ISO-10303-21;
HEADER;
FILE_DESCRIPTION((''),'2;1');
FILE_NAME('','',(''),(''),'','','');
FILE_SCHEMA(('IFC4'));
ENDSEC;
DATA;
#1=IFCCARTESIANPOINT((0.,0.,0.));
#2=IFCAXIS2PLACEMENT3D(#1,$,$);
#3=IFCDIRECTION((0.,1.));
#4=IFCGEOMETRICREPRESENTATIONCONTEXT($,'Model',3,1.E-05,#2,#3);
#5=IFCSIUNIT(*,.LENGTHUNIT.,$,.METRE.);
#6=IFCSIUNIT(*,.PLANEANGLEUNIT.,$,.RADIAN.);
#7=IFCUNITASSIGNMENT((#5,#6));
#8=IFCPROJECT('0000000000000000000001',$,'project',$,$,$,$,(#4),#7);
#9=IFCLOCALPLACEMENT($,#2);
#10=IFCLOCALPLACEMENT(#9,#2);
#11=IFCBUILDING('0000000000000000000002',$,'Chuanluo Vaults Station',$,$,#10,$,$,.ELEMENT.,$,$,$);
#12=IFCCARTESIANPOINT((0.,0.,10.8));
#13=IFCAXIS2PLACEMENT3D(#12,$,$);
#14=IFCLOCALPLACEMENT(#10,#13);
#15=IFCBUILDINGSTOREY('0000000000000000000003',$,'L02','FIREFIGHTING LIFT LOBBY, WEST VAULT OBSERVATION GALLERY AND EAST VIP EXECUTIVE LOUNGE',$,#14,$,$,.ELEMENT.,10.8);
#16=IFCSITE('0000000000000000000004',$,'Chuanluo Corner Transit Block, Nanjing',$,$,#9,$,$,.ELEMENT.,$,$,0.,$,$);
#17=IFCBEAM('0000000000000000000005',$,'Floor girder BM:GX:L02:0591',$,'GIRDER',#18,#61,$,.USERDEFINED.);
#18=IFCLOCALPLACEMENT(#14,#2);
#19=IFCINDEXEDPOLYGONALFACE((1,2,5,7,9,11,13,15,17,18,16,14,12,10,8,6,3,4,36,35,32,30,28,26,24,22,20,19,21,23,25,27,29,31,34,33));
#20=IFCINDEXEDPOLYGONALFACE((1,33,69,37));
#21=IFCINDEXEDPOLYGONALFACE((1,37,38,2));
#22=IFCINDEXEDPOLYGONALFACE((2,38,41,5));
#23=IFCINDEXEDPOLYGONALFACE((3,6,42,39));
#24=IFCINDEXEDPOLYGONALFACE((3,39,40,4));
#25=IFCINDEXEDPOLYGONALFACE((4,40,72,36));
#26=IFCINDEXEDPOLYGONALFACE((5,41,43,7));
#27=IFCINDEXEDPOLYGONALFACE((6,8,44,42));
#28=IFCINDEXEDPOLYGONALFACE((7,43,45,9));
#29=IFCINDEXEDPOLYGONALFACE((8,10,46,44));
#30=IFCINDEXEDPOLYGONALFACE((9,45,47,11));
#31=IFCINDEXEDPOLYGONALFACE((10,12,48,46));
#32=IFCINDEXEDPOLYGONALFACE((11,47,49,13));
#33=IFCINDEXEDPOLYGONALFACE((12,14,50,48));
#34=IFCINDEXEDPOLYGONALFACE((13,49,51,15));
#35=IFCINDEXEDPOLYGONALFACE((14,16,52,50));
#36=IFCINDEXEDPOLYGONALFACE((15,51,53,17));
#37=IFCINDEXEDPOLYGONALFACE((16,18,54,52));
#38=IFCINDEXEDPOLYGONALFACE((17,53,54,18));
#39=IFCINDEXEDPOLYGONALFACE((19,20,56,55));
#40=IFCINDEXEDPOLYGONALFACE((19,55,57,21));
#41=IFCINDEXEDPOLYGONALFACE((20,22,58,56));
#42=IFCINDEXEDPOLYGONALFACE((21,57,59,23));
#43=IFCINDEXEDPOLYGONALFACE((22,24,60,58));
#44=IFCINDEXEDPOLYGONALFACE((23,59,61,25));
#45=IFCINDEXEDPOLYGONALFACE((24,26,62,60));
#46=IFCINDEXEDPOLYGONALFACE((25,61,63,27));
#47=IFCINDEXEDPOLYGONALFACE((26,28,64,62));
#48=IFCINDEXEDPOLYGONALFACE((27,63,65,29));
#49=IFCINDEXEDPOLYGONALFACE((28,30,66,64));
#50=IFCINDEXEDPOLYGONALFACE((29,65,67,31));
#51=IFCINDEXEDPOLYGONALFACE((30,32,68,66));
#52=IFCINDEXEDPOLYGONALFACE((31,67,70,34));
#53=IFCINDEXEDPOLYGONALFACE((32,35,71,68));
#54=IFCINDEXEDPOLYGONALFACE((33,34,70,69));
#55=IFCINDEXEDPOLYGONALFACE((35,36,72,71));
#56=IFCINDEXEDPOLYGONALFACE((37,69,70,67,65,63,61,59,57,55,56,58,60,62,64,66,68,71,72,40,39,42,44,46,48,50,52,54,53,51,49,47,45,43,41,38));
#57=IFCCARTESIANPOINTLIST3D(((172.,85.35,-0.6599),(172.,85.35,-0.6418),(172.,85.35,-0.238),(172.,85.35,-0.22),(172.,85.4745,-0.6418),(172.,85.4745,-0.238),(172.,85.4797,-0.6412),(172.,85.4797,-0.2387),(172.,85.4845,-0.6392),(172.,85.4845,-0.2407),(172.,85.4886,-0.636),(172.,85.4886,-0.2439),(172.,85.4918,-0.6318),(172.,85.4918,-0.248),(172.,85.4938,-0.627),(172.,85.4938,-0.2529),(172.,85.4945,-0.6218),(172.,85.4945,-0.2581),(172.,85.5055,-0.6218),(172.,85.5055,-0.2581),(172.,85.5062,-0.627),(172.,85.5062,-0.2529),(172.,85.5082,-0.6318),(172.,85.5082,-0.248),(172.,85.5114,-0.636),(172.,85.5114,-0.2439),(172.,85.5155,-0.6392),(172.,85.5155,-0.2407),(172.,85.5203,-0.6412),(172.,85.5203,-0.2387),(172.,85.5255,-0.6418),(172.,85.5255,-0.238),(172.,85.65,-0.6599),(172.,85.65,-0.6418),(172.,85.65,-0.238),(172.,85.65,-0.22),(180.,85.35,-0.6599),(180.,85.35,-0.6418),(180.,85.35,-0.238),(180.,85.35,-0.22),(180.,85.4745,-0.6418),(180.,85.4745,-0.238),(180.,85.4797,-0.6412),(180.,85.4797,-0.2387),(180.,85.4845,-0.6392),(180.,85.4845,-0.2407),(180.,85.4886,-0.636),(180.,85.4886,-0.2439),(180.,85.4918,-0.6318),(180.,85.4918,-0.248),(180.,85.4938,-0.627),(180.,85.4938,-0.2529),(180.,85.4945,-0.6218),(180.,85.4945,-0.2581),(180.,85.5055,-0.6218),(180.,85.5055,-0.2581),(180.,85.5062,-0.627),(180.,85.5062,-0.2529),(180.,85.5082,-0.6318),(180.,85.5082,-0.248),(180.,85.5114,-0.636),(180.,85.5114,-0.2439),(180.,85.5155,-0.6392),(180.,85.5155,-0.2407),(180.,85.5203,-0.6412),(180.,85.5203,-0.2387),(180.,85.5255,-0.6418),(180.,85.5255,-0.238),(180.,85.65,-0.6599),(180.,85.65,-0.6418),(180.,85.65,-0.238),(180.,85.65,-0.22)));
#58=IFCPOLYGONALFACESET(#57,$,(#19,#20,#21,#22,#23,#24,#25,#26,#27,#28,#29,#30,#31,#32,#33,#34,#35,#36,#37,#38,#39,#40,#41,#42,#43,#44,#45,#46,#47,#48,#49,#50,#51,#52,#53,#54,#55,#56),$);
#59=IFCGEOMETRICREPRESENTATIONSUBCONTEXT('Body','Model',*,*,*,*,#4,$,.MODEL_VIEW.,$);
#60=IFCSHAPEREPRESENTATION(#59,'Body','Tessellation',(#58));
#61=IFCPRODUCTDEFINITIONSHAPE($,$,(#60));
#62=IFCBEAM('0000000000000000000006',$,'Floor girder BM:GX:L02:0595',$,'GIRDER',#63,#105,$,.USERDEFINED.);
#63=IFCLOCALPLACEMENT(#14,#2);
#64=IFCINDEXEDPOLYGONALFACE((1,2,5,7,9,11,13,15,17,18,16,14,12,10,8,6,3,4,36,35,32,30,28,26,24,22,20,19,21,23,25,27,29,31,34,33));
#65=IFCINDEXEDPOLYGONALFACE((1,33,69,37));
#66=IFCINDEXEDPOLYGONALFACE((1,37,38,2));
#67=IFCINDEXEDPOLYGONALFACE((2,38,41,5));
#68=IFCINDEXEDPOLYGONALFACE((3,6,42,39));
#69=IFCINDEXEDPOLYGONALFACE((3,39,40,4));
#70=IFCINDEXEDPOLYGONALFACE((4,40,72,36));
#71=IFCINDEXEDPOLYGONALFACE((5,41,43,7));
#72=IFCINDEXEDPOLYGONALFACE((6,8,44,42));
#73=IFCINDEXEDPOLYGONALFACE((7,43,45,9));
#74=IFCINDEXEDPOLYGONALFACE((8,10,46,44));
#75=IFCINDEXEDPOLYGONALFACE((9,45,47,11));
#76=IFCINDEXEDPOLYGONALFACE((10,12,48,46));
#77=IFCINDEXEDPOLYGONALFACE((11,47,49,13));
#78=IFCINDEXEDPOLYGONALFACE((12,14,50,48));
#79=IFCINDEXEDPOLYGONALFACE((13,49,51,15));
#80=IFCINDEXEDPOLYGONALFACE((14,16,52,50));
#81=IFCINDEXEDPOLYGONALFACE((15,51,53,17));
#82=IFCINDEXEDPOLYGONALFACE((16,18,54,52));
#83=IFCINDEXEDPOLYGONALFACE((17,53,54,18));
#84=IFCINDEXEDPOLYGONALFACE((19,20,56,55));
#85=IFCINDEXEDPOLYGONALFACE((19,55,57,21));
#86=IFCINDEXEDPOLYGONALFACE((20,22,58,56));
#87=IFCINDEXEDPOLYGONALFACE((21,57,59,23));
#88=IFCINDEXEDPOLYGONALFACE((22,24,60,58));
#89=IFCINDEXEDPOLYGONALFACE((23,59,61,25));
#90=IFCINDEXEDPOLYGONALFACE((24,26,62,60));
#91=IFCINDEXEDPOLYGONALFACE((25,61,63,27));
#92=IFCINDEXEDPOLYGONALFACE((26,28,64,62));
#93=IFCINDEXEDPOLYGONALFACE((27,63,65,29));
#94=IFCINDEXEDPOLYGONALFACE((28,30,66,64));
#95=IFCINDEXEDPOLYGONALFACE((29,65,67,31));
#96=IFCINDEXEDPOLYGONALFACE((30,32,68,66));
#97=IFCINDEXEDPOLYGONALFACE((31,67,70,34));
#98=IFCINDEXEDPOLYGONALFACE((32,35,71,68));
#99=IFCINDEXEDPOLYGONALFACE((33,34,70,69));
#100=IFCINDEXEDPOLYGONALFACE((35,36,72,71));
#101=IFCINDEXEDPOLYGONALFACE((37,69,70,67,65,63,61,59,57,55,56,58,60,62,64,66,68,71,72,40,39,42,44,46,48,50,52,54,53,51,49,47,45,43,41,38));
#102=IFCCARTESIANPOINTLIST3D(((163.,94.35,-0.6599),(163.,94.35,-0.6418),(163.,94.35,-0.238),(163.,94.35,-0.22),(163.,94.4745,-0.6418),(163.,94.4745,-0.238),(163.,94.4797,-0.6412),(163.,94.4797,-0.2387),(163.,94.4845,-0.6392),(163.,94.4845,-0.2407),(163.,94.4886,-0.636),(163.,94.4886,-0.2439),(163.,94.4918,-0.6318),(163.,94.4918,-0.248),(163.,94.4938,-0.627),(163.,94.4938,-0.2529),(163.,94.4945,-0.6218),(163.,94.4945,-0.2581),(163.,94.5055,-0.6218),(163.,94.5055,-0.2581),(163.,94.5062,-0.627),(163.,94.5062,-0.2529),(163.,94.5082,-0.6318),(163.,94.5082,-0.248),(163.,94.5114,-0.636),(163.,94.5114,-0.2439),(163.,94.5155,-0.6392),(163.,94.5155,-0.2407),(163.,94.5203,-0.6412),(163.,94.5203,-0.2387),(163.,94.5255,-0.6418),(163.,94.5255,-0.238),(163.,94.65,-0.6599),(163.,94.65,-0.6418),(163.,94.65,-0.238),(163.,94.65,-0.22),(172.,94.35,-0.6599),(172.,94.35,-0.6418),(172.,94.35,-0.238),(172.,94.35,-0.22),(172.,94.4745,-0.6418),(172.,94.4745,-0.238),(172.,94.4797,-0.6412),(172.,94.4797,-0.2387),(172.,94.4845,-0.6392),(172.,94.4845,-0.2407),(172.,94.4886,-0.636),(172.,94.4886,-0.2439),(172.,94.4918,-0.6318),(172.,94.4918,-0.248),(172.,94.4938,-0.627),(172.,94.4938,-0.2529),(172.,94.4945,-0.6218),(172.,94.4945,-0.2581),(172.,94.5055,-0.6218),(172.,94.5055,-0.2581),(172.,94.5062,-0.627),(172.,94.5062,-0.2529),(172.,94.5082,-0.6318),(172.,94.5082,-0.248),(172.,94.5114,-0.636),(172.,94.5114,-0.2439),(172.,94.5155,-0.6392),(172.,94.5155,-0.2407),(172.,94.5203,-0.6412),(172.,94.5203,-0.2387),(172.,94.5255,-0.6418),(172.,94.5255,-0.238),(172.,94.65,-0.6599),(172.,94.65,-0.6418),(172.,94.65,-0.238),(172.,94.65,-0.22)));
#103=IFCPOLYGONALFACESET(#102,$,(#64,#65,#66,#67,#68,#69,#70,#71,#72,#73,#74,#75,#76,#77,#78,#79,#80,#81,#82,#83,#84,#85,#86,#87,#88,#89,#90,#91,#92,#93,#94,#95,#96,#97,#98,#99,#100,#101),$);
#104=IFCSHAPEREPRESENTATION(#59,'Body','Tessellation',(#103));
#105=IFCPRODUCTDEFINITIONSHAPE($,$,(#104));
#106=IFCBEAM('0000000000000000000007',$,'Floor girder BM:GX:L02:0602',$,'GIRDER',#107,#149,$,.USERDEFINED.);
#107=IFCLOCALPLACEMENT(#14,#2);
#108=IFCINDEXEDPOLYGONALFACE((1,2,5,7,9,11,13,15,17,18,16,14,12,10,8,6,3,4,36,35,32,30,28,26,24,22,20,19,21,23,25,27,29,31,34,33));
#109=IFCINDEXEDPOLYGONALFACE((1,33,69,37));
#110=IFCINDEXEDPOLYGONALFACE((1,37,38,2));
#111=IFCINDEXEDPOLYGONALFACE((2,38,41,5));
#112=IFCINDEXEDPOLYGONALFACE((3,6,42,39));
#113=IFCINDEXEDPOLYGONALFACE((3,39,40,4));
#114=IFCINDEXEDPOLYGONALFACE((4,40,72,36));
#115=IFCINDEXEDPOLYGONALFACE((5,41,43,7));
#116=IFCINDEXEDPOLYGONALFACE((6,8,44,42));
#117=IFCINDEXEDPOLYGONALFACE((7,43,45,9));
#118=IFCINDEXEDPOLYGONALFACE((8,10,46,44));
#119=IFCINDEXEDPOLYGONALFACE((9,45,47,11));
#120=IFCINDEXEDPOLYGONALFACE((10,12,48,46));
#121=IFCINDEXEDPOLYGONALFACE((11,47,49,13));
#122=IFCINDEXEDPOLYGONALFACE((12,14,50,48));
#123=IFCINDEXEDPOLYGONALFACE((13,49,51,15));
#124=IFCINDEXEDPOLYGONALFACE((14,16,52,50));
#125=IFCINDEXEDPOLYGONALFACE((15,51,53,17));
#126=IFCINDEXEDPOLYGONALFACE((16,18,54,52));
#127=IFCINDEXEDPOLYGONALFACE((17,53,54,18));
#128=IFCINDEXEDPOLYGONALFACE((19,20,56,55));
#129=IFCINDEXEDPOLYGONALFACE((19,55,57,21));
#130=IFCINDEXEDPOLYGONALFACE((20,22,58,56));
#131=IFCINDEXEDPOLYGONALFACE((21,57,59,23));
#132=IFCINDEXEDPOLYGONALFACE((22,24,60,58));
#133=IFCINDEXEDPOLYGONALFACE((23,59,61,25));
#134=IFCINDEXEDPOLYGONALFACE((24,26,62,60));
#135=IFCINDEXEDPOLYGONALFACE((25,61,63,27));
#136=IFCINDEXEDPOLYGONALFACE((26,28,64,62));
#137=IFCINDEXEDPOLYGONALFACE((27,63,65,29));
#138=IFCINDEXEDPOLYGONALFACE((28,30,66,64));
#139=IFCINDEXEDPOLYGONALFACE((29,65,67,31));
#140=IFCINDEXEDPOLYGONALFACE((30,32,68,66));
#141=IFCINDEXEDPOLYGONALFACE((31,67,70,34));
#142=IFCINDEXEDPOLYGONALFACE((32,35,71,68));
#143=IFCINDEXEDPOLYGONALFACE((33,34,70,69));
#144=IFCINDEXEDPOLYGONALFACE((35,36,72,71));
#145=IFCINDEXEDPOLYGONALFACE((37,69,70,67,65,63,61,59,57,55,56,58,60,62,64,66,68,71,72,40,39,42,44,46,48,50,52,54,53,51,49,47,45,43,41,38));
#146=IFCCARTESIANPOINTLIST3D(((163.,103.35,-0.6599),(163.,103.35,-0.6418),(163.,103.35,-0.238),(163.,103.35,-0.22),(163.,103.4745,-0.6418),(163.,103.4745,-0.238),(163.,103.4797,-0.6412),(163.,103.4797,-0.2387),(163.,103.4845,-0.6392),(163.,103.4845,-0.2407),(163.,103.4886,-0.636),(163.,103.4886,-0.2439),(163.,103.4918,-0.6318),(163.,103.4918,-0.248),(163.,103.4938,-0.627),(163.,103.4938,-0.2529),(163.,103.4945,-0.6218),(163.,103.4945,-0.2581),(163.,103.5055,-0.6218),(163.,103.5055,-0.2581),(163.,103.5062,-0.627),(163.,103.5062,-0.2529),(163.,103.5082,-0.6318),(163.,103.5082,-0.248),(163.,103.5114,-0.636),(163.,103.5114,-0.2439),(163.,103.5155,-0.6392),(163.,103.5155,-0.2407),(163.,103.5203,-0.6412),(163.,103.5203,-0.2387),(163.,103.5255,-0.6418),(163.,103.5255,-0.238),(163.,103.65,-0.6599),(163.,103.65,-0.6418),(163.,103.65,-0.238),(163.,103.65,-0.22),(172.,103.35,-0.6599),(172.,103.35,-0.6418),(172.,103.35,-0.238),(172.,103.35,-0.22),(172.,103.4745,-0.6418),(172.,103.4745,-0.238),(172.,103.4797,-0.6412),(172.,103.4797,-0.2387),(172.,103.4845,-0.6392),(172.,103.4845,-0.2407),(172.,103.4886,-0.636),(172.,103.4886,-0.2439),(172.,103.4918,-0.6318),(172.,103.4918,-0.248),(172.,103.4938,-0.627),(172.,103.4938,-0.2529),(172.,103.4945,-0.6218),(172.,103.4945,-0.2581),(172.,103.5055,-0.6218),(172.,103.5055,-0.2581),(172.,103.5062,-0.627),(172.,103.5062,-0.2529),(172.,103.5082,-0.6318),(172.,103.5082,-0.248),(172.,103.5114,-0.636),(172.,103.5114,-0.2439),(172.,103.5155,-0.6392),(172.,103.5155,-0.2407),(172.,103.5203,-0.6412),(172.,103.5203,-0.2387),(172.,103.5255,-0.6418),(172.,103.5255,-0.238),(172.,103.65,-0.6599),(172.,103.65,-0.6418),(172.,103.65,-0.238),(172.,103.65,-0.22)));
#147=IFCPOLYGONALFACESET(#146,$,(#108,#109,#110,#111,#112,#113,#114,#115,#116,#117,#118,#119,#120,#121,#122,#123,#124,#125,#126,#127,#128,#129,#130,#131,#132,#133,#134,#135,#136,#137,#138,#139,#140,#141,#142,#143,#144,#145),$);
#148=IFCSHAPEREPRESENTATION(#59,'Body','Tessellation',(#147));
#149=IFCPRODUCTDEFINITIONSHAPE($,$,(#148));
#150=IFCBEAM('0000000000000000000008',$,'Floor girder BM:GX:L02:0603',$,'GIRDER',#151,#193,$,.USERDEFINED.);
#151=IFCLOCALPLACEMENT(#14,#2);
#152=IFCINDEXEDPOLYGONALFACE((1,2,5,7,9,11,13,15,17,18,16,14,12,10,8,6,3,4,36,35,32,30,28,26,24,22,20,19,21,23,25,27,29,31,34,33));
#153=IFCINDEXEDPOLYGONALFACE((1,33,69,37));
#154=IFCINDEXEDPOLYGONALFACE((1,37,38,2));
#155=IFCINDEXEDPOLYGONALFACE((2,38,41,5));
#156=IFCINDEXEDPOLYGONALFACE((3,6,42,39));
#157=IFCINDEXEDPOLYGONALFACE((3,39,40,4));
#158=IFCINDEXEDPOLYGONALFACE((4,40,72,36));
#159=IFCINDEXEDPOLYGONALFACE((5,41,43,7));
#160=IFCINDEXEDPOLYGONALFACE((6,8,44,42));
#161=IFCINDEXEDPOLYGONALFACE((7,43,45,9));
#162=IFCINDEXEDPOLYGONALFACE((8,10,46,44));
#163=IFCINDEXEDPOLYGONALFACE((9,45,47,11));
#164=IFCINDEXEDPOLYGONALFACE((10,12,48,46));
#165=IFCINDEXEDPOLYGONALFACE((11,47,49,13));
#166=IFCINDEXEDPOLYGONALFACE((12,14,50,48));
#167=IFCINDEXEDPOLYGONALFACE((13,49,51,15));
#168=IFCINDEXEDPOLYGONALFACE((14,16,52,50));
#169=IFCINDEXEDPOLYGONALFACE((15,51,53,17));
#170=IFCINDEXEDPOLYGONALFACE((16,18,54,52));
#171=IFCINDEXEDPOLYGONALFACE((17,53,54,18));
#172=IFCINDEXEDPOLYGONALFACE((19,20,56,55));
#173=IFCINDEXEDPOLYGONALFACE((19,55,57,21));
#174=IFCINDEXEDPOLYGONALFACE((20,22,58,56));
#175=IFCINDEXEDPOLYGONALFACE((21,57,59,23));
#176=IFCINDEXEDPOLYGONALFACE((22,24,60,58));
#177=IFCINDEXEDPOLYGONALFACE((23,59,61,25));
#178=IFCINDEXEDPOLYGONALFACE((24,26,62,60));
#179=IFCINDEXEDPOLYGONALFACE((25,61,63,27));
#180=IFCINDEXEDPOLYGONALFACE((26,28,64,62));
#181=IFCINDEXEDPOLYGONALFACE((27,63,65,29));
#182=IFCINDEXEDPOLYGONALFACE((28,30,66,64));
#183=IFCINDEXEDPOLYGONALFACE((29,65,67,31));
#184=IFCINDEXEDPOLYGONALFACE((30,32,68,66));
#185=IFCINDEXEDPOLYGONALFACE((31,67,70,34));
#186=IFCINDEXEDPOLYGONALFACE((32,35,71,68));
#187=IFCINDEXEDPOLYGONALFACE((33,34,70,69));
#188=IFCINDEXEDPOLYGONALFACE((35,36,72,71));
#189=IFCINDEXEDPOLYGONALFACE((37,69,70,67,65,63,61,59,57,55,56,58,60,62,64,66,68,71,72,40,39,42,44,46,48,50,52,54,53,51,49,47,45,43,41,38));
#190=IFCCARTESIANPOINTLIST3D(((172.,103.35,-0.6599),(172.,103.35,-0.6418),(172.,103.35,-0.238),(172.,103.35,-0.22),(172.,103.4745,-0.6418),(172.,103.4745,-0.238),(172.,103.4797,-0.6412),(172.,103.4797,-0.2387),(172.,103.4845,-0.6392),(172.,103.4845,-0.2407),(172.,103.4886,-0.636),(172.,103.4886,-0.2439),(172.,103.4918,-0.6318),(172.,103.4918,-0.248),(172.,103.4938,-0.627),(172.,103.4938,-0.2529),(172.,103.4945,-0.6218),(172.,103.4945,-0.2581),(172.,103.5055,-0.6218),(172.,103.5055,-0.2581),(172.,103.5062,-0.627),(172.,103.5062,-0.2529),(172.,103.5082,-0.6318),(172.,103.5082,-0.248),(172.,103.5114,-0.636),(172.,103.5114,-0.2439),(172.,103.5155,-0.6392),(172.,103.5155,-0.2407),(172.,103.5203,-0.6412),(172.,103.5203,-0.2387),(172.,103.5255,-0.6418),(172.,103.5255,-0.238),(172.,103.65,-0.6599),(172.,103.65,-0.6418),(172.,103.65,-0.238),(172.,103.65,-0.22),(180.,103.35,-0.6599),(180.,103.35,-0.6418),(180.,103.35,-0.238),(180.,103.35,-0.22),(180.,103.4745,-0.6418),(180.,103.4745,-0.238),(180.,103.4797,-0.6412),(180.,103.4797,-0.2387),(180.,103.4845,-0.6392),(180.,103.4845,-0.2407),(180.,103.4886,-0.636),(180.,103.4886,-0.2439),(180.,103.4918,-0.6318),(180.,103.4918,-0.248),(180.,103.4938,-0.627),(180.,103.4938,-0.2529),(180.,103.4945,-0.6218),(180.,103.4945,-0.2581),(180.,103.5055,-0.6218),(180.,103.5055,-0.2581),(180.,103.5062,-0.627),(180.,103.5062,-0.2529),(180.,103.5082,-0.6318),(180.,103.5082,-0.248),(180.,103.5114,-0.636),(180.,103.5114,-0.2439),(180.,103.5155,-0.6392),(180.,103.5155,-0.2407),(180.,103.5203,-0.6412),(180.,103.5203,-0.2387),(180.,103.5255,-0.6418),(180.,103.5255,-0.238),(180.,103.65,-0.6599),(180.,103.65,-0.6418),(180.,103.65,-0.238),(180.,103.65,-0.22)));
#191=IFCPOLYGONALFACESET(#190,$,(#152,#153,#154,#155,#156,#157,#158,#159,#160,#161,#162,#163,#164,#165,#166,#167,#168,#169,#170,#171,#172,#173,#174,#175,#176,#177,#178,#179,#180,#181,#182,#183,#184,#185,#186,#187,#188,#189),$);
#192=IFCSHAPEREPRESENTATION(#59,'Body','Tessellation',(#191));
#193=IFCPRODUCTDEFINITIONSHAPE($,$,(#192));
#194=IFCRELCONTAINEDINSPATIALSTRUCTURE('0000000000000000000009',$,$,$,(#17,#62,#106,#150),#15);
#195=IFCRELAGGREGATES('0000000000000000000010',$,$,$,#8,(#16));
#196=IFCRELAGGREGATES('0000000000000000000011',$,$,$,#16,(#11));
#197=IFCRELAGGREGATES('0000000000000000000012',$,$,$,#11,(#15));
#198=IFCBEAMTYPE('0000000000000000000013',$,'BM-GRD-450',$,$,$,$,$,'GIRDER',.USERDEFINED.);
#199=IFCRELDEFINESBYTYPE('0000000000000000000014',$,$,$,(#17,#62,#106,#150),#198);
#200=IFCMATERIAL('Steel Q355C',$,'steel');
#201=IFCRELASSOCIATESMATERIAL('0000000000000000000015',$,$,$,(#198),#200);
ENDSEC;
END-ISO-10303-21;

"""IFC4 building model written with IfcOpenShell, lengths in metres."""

from ifc_helpers import new_model, si_unit, direction, frame, origin, origin_2d, place, context, subcontext, project, spatial, i_section, extrude, material, material_profile, profile_set, type_object, element, save


model = new_model("IFC4")

# Units and contexts
model_context = context("Model", 3, precision=1e-05, world=origin(), true_north=direction((0.0, 1.0)))
body_context = subcontext(model_context, "Body", "Model", "MODEL_VIEW")
ifc_project = project(units=[si_unit("LENGTHUNIT", "METRE"), si_unit("PLANEANGLEUNIT", "RADIAN")], contexts=[model_context])

# Site, building, storey
site_placement = place(None, origin())
site = spatial("IfcSite", under=ifc_project, at=site_placement, Name="Chuanluo Corner Transit Block, Nanjing", CompositionType="ELEMENT", RefElevation=0.0)
building_placement = place(site_placement, origin())
building = spatial("IfcBuilding", under=site, at=building_placement, Name="Chuanluo Vaults Station", CompositionType="ELEMENT")
storey_placement = place(building_placement, frame((0.0, 0.0, 10.8)))
storey = spatial("IfcBuildingStorey", under=building, at=storey_placement, Name="L02", Description="FIREFIGHTING LIFT LOBBY, WEST VAULT OBSERVATION GALLERY AND EAST VIP EXECUTIVE LOUNGE", CompositionType="ELEMENT", Elevation=10.8)

# Beams
ifc_material_1 = material(Name="Steel Q355C", Category="steel")
ifc_material_profile_1 = material_profile(ifc_material_1, i_section(OverallWidth=0.3, OverallDepth=0.4399, WebThickness=0.011, FlangeThickness=0.0181, FilletRadius=0.02, at=origin_2d()))
ifc_profile_set_1 = profile_set([ifc_material_profile_1], Name="Steel Q355C")
beam_type_1 = type_object("IfcBeamType", Name="BM-GRD-450", ElementType="GIRDER", PredefinedType="USERDEFINED", material=ifc_profile_set_1)
beam_1_placement = place(storey_placement, frame((172.0, 85.5, -0.4399), z_axis=(1.0, 0.0, 0.0), x_axis=(0.0, 1.0, 0.0)))
element("IfcBeam", 1, at=beam_1_placement, inside=storey, type_object=beam_type_1, Name="Floor girder BM:GX:L02:0591", ObjectType="GIRDER", PredefinedType="USERDEFINED", context=body_context, shape_type="SweptSolid", body=[
    extrude(i_section(OverallWidth=0.3, OverallDepth=0.4399, WebThickness=0.011, FlangeThickness=0.0181, FilletRadius=0.02, at=origin_2d()), origin(), (0.0, 0.0, 1.0), 8.0),
])
for number, where, z_axis, x_axis, name in (
    (2, (163.0, 94.5, -0.4399), (1.0, 0.0, 0.0), (0.0, 1.0, 0.0), "Floor girder BM:GX:L02:0595"),
    (3, (163.0, 103.5, -0.4399), (1.0, 0.0, 0.0), (0.0, 1.0, 0.0), "Floor girder BM:GX:L02:0602"),
):
    element("IfcBeam", number, at=place(storey_placement, frame(where, z_axis=z_axis, x_axis=x_axis)), inside=storey, type_object=beam_type_1, Name=name, ObjectType="GIRDER", PredefinedType="USERDEFINED", context=body_context, shape_type="SweptSolid", body=[
        extrude(i_section(OverallWidth=0.3, OverallDepth=0.4399, WebThickness=0.011, FlangeThickness=0.0181, FilletRadius=0.02, at=origin_2d()), origin(), (0.0, 0.0, 1.0), 9.0),
    ])
beam_2_placement = place(storey_placement, frame((172.0, 103.5, -0.4399), z_axis=(1.0, 0.0, 0.0), x_axis=(0.0, 1.0, 0.0)))
element("IfcBeam", 4, at=beam_2_placement, inside=storey, type_object=beam_type_1, Name="Floor girder BM:GX:L02:0603", ObjectType="GIRDER", PredefinedType="USERDEFINED", context=body_context, shape_type="SweptSolid", body=[
    extrude(i_section(OverallWidth=0.3, OverallDepth=0.4399, WebThickness=0.011, FlangeThickness=0.0181, FilletRadius=0.02, at=origin_2d()), origin(), (0.0, 0.0, 1.0), 8.0),
])

save(model, "model.ifc")
